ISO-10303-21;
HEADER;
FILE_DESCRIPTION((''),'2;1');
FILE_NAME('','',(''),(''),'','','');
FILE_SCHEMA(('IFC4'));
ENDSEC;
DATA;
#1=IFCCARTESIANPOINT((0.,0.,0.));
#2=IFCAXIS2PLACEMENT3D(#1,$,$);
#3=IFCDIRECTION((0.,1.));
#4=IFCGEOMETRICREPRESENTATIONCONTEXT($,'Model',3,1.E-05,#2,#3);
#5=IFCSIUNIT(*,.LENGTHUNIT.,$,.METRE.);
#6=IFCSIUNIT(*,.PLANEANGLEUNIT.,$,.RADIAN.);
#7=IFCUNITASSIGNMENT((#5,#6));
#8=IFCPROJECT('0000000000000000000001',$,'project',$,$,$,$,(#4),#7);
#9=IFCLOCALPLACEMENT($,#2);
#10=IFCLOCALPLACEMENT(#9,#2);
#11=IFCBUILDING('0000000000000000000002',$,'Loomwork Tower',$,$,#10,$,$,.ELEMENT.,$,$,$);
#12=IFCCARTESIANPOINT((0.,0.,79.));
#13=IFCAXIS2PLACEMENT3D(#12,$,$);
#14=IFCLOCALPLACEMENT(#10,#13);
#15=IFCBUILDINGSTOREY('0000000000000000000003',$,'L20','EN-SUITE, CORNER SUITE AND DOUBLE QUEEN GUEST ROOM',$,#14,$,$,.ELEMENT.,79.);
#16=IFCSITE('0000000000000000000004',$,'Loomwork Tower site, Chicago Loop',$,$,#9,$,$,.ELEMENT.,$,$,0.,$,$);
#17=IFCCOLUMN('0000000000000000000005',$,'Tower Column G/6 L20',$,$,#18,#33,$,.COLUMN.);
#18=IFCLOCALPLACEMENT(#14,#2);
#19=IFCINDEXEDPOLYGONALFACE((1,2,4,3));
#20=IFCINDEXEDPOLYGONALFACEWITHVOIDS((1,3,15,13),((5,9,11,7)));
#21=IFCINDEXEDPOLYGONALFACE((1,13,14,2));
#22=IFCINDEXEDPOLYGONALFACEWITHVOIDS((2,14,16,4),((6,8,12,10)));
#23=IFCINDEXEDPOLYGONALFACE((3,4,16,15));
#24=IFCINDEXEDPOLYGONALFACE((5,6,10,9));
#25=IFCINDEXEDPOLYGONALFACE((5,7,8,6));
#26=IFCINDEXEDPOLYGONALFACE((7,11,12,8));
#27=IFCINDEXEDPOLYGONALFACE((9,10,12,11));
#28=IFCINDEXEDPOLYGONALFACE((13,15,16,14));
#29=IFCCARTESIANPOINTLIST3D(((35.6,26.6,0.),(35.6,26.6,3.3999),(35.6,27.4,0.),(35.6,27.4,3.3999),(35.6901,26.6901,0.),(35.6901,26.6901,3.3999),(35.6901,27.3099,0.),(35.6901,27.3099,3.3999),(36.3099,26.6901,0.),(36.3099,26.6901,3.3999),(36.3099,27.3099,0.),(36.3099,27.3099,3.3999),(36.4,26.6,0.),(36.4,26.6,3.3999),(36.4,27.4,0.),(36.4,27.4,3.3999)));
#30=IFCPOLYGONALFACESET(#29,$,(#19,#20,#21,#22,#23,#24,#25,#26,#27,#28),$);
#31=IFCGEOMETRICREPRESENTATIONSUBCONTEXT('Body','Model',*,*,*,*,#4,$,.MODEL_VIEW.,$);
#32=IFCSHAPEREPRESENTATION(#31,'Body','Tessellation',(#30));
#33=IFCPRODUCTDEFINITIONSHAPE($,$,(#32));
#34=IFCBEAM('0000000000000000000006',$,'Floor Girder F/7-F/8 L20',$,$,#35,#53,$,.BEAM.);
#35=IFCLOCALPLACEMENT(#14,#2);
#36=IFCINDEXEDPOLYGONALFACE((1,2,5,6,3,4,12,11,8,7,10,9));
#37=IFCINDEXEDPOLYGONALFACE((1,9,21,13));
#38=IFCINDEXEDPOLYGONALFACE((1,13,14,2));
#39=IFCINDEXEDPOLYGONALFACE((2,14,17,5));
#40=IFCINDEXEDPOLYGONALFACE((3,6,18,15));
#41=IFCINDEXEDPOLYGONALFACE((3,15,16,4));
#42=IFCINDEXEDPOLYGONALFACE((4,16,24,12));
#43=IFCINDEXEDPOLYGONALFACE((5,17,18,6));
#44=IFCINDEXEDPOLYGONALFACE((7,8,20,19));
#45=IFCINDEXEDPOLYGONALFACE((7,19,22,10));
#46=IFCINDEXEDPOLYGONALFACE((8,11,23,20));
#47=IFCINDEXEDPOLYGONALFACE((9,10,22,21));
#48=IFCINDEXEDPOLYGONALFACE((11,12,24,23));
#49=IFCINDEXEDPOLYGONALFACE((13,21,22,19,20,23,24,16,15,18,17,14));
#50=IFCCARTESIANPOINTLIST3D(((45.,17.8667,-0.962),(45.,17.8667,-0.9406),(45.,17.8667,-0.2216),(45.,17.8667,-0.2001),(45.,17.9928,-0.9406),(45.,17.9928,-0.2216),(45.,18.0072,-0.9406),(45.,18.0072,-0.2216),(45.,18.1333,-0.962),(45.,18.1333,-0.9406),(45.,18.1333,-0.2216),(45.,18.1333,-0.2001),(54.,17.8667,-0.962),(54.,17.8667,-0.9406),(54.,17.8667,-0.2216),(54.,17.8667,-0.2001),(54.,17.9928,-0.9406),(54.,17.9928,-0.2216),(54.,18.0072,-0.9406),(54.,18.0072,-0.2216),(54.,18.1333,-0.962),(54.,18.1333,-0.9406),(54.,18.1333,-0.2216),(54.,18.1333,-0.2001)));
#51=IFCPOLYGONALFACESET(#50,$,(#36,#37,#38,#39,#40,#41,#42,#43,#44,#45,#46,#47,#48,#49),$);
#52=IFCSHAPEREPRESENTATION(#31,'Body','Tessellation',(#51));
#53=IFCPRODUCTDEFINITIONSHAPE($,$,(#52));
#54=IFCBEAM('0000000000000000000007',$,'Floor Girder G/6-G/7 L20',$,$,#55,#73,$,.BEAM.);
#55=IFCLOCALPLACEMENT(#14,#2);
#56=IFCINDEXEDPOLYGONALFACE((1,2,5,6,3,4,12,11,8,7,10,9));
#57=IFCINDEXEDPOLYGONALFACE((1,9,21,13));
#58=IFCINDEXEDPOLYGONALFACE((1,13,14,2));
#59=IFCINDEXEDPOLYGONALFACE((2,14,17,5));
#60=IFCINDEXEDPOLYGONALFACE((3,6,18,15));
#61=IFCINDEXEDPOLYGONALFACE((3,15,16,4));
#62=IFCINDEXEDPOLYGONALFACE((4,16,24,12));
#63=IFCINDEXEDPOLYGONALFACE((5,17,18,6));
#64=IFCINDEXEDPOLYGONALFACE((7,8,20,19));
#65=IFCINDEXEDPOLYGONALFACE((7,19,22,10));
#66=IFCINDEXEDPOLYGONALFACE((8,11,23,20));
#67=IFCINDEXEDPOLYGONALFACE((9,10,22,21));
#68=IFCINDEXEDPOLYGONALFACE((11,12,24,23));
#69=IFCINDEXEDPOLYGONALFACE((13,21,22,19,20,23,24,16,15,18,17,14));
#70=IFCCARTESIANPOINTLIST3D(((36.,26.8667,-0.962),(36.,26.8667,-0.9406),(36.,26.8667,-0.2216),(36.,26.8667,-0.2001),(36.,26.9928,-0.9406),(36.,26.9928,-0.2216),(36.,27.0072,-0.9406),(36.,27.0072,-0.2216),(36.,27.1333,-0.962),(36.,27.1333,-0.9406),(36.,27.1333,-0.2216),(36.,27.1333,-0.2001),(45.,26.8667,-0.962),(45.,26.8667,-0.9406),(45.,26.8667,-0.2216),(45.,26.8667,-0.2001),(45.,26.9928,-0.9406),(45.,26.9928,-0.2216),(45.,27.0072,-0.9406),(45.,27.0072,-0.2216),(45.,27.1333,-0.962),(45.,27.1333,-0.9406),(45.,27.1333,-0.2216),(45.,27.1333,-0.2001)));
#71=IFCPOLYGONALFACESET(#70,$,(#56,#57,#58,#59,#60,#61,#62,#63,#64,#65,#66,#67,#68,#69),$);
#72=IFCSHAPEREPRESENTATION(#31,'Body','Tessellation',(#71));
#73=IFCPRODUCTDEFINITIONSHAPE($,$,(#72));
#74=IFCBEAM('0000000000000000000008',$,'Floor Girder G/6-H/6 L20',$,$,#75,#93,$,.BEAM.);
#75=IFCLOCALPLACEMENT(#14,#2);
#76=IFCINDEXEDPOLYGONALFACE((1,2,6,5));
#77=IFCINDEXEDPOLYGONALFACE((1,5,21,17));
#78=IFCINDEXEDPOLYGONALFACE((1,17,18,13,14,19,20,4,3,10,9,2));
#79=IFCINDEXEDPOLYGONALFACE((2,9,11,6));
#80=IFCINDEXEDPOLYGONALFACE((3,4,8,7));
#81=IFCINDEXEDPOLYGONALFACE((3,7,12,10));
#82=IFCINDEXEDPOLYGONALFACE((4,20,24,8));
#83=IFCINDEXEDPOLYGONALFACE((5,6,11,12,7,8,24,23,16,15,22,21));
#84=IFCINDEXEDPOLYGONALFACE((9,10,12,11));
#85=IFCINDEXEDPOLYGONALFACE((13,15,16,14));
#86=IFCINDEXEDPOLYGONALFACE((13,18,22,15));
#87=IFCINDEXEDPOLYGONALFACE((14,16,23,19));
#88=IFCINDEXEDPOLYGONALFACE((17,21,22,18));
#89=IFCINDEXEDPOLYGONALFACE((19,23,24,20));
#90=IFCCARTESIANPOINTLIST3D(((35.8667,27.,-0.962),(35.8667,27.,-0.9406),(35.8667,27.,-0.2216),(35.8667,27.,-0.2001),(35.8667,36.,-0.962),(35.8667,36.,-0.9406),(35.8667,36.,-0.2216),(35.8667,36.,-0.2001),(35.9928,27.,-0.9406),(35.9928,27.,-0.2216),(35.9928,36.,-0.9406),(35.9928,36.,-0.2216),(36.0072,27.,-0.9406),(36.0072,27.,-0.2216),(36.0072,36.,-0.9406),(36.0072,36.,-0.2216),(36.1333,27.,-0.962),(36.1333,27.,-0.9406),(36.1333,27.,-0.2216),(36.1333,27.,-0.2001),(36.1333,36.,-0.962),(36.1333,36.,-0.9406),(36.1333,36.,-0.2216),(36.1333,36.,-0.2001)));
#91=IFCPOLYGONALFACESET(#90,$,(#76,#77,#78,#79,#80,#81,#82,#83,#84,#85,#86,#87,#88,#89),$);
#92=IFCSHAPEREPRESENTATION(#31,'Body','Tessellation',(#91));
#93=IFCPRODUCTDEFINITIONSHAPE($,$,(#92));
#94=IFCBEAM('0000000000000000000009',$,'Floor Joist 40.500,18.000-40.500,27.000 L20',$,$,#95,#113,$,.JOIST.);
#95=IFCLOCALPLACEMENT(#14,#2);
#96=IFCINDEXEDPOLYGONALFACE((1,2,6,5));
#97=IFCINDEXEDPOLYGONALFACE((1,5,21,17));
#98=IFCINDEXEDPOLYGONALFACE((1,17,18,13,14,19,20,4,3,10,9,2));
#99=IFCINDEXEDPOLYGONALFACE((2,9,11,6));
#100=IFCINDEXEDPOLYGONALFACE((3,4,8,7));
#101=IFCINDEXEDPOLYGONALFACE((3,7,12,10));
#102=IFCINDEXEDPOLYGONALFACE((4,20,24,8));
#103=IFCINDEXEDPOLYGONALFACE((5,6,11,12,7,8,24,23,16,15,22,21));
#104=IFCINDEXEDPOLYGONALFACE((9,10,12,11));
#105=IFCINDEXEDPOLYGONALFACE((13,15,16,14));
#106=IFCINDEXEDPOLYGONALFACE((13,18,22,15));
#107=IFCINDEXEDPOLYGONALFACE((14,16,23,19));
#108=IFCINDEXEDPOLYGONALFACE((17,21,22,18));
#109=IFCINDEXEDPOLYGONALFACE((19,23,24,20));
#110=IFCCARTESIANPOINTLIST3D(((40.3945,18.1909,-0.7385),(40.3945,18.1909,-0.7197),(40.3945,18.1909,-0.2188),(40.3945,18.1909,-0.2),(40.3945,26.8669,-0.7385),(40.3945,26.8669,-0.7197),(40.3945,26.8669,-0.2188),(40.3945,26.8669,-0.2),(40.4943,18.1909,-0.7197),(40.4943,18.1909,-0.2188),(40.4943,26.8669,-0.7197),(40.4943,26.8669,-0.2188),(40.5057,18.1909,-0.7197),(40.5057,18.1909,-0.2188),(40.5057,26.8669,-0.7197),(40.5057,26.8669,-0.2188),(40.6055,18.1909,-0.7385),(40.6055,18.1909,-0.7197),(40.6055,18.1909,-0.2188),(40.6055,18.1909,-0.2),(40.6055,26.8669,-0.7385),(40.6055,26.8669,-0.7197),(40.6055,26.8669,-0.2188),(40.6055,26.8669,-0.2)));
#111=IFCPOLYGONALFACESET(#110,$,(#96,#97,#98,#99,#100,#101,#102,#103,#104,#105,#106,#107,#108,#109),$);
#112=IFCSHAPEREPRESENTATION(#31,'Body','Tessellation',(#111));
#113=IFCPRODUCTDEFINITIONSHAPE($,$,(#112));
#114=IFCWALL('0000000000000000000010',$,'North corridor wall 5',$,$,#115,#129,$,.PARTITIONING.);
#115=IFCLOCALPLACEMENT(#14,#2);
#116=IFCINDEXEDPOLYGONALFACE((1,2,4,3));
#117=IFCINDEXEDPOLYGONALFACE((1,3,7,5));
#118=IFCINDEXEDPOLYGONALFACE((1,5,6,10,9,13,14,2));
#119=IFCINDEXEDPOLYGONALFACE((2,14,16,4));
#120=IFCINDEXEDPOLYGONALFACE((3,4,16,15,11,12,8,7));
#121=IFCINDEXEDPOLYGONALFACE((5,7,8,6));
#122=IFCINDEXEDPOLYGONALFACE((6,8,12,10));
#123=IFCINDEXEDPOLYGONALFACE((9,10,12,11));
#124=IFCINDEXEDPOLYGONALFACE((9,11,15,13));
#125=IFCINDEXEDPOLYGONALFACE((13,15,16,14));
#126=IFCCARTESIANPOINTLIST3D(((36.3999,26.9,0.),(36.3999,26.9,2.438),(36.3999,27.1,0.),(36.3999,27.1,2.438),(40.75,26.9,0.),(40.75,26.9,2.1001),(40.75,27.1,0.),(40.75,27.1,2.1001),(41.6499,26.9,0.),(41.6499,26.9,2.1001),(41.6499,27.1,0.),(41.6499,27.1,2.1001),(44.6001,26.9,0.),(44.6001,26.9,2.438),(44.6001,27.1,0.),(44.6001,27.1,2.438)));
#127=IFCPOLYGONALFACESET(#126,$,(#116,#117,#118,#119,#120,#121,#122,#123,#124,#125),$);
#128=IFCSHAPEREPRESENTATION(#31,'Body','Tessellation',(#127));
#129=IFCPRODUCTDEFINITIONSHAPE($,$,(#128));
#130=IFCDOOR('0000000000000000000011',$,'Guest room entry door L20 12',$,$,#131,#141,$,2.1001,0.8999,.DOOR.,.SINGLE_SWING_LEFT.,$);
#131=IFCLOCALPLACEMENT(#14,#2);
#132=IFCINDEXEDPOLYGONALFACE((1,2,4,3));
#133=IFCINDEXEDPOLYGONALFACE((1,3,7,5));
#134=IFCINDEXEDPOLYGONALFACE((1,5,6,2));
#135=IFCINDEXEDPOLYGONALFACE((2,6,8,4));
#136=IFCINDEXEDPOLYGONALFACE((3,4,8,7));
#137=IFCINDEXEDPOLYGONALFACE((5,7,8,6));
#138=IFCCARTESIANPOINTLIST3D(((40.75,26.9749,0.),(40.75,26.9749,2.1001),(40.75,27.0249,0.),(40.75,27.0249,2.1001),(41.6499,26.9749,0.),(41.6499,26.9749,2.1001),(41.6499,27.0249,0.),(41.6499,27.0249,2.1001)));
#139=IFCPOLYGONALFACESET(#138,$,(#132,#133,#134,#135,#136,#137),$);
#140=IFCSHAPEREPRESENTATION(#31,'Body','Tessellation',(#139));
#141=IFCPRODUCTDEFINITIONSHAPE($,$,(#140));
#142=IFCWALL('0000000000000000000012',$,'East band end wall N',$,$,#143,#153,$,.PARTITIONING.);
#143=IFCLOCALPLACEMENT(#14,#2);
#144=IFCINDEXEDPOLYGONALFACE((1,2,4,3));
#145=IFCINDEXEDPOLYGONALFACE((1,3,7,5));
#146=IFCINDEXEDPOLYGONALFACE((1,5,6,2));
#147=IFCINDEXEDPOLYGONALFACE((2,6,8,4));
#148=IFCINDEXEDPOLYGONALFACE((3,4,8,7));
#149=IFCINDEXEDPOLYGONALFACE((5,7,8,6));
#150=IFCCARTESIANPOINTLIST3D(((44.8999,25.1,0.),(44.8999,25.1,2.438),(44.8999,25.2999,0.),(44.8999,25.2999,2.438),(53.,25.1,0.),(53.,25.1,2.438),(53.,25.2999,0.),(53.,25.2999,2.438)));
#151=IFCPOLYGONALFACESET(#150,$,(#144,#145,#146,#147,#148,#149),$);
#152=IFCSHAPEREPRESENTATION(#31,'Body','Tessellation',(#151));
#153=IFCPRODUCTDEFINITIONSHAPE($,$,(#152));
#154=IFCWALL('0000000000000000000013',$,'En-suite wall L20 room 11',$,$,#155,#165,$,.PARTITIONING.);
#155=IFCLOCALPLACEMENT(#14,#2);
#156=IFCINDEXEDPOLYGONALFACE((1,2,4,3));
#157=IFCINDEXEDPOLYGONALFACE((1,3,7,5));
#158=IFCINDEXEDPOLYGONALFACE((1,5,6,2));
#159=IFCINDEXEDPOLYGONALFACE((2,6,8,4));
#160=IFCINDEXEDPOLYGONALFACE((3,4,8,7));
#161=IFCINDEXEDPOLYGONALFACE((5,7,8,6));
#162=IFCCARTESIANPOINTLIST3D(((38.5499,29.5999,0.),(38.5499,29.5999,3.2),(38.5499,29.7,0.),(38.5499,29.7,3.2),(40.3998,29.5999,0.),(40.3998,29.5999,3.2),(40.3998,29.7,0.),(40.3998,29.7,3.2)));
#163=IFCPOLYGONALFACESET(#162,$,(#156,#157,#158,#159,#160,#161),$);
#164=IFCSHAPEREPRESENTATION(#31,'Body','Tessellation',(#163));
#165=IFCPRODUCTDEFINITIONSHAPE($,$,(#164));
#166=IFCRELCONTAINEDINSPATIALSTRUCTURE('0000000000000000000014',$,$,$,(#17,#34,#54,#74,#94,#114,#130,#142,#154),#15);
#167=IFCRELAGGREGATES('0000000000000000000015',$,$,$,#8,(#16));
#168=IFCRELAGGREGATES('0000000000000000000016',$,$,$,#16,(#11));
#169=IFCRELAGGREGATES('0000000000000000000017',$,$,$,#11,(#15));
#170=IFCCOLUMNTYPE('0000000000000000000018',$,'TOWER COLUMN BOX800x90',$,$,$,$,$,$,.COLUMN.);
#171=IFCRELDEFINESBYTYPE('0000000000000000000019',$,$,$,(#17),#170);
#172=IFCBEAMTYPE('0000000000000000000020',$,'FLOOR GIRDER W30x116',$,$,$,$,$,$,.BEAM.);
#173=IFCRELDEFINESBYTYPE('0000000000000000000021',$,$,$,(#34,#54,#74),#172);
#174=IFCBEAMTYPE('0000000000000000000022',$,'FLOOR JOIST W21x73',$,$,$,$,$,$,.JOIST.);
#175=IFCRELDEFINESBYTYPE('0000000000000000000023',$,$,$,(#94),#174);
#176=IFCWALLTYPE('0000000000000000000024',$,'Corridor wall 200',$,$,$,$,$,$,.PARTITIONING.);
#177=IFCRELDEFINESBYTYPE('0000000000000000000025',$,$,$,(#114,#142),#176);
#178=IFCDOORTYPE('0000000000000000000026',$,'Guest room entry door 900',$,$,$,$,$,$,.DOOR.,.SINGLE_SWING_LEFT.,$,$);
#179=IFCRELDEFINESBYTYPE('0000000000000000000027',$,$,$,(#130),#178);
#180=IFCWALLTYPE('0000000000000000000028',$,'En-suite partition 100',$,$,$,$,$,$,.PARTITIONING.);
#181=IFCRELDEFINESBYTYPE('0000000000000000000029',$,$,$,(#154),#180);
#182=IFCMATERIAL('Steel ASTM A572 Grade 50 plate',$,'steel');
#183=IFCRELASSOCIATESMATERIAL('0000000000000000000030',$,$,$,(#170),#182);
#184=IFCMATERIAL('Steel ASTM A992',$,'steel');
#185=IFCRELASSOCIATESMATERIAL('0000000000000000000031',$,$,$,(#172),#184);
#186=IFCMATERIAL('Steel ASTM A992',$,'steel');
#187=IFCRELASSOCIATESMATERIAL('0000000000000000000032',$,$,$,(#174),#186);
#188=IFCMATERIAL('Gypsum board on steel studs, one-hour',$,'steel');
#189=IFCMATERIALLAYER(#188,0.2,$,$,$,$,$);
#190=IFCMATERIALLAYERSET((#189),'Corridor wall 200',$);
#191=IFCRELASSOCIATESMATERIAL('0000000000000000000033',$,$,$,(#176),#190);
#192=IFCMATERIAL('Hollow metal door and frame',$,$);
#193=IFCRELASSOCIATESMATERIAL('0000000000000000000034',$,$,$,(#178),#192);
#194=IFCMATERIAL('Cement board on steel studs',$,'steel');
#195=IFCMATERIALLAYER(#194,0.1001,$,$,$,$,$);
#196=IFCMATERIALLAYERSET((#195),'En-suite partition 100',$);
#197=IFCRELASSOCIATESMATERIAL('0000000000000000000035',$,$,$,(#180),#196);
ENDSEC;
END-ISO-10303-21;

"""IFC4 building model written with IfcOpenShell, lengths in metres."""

from ifc_helpers import new_model, si_unit, direction, frame, frame_2d, origin, origin_2d, place, context, subcontext, project, spatial, rectangle, hollow_rectangle, i_section, extrude, material, layer, layer_set, material_profile, profile_set, type_object, element, fill, save


model = new_model("IFC4")

# Units and contexts
model_context = context("Model", 3, precision=1e-05, world=origin(), true_north=direction((0.0, 1.0)))
body_context = subcontext(model_context, "Body", "Model", "MODEL_VIEW")
ifc_project = project(units=[si_unit("LENGTHUNIT", "METRE"), si_unit("PLANEANGLEUNIT", "RADIAN")], contexts=[model_context])

# Site, building, storey
site_placement = place(None, origin())
site = spatial("IfcSite", under=ifc_project, at=site_placement, Name="Loomwork Tower site, Chicago Loop", CompositionType="ELEMENT", RefElevation=0.0)
building_placement = place(site_placement, origin())
building = spatial("IfcBuilding", under=site, at=building_placement, Name="Loomwork Tower", CompositionType="ELEMENT")
storey_placement = place(building_placement, frame((0.0, 0.0, 79.0)))
storey = spatial("IfcBuildingStorey", under=building, at=storey_placement, Name="L20", Description="EN-SUITE, CORNER SUITE AND DOUBLE QUEEN GUEST ROOM", CompositionType="ELEMENT", Elevation=79.0)

# Column
ifc_material_1 = material(Name="Steel ASTM A572 Grade 50 plate", Category="steel")
ifc_material_profile_1 = material_profile(ifc_material_1, hollow_rectangle(XDim=0.8, YDim=0.8, WallThickness=0.0901, at=origin_2d()), Name="BOX800x90")
ifc_profile_set_1 = profile_set([ifc_material_profile_1], Name="Steel ASTM A572 Grade 50 plate")
column_type = type_object("IfcColumnType", Name="TOWER COLUMN BOX800x90", PredefinedType="COLUMN", material=ifc_profile_set_1)
column_placement = place(storey_placement, frame((36.0, 27.0, 0.0), z_axis=(0.0, 0.0, 1.0), x_axis=(1.0, 0.0, 0.0)))
element("IfcColumn", 1, at=column_placement, inside=storey, type_object=column_type, Name="Tower Column G/6 L20", PredefinedType="COLUMN", context=body_context, shape_type="SweptSolid", body=[
    extrude(hollow_rectangle(XDim=0.8, YDim=0.8, WallThickness=0.0901, at=origin_2d()), origin(), (0.0, 0.0, 1.0), 3.3999),
])

# Beams
ifc_material_2 = material(Name="Steel ASTM A992", Category="steel")
ifc_material_profile_2 = material_profile(ifc_material_2, i_section(OverallWidth=0.2666, OverallDepth=0.762, WebThickness=0.0144, FlangeThickness=0.0215, at=origin_2d()), Name="W30x116")
ifc_profile_set_2 = profile_set([ifc_material_profile_2], Name="Steel ASTM A992")
beam_type_1 = type_object("IfcBeamType", Name="FLOOR GIRDER W30x116", PredefinedType="BEAM", material=ifc_profile_set_2)
for number, where, z_axis, x_axis, name in (
    (2, (45.0, 18.0, -0.5811), (1.0, 0.0, 0.0), (0.0, 1.0, 0.0), "Floor Girder F/7-F/8 L20"),
    (3, (36.0, 27.0, -0.5811), (1.0, 0.0, 0.0), (0.0, 1.0, 0.0), "Floor Girder G/6-G/7 L20"),
    (4, (36.0, 27.0, -0.5811), (0.0, 1.0, 0.0), (-1.0, 0.0, 0.0), "Floor Girder G/6-H/6 L20"),
):
    element("IfcBeam", number, at=place(storey_placement, frame(where, z_axis=z_axis, x_axis=x_axis)), inside=storey, type_object=beam_type_1, Name=name, PredefinedType="BEAM", context=body_context, shape_type="SweptSolid", body=[
        extrude(i_section(OverallWidth=0.2666, OverallDepth=0.762, WebThickness=0.0144, FlangeThickness=0.0215, at=origin_2d()), origin(), (0.0, 0.0, 1.0), 9.0),
    ])
ifc_material_3 = material(Name="Steel ASTM A992", Category="steel")
ifc_material_profile_3 = material_profile(ifc_material_3, i_section(OverallWidth=0.2109, OverallDepth=0.5386, WebThickness=0.0115, FlangeThickness=0.0188, at=origin_2d()), Name="W21x73")
ifc_profile_set_3 = profile_set([ifc_material_profile_3], Name="Steel ASTM A992")
beam_type_2 = type_object("IfcBeamType", Name="FLOOR JOIST W21x73", PredefinedType="JOIST", material=ifc_profile_set_3)
beam_placement = place(storey_placement, frame((40.5, 18.1909, -0.4692), z_axis=(0.0, 1.0, 0.0), x_axis=(-1.0, 0.0, 0.0)))
element("IfcBeam", 5, at=beam_placement, inside=storey, type_object=beam_type_2, Name="Floor Joist 40.500,18.000-40.500,27.000 L20", PredefinedType="JOIST", context=body_context, shape_type="SweptSolid", body=[
    extrude(i_section(OverallWidth=0.2109, OverallDepth=0.5386, WebThickness=0.0115, FlangeThickness=0.0188, at=origin_2d()), origin(), (0.0, 0.0, 1.0), 8.676),
])

# Wall, opening, door
ifc_material_4 = material(Name="Gypsum board on steel studs, one-hour", Category="steel")
ifc_layer_1 = layer(ifc_material_4, 0.2)
ifc_layer_set_1 = layer_set([ifc_layer_1], Name="Corridor wall 200")
wall_type_1 = type_object("IfcWallType", Name="Corridor wall 200", PredefinedType="PARTITIONING", material=ifc_layer_set_1)
wall_1_placement = place(storey_placement, frame((36.3999, 27.0, 0.0), z_axis=(0.0, 0.0, 1.0), x_axis=(1.0, 0.0, 0.0)))
wall_1 = element("IfcWall", 6, at=wall_1_placement, inside=storey, type_object=wall_type_1, Name="North corridor wall 5", PredefinedType="PARTITIONING", context=body_context, shape_type="SweptSolid", body=[
    extrude(rectangle(XDim=8.2002, YDim=0.2, at=frame_2d((4.1001, 0.0))), origin(), (0.0, 0.0, 1.0), 2.438),
])
opening_1_placement = place(wall_1_placement, frame((4.3501, 0.0, 0.0)))
opening_1 = element("IfcOpeningElement", 7, at=opening_1_placement, cuts=wall_1, PredefinedType="OPENING", context=body_context, shape_type="SweptSolid", body=[
    extrude(rectangle(XDim=0.8999, YDim=2.1001, at=frame_2d((0.45, 1.05))), frame((0.0, 0.1099, 0.0), z_axis=(0.0, -1.0, 0.0), x_axis=(1.0, 0.0, 0.0)), (0.0, 0.0, 1.0), 0.22),
])
ifc_material_5 = material(Name="Hollow metal door and frame")
door_type_1 = type_object("IfcDoorType", Name="Guest room entry door 900", OperationType="SINGLE_SWING_LEFT", PredefinedType="DOOR", material=ifc_material_5)
door_1_placement = place(opening_1_placement, origin())
door_1 = element("IfcDoor", 8, at=door_1_placement, inside=storey, type_object=door_type_1, Name="Guest room entry door L20 12", OperationType="SINGLE_SWING_LEFT", OverallHeight=2.1001, OverallWidth=0.8999, PredefinedType="DOOR", context=body_context, shape_type="SweptSolid", body=[
    extrude(rectangle(XDim=0.8999, YDim=2.1001, at=frame_2d((0.45, 1.05))), frame((0.0, 0.0249, 0.0), z_axis=(0.0, -1.0, 0.0), x_axis=(1.0, 0.0, 0.0)), (0.0, 0.0, 1.0), 0.05),
])
fill(opening_1, door_1)

# Walls
wall_2_placement = place(storey_placement, frame((44.8999, 25.2, 0.0), z_axis=(0.0, 0.0, 1.0), x_axis=(1.0, 0.0, 0.0)))
element("IfcWall", 9, at=wall_2_placement, inside=storey, type_object=wall_type_1, Name="East band end wall N", PredefinedType="PARTITIONING", context=body_context, shape_type="SweptSolid", body=[
    extrude(rectangle(XDim=8.1001, YDim=0.2, at=frame_2d((4.05, 0.0))), origin(), (0.0, 0.0, 1.0), 2.438),
])
ifc_material_6 = material(Name="Cement board on steel studs", Category="steel")
ifc_layer_2 = layer(ifc_material_6, 0.1001)
ifc_layer_set_2 = layer_set([ifc_layer_2], Name="En-suite partition 100")
wall_type_2 = type_object("IfcWallType", Name="En-suite partition 100", PredefinedType="PARTITIONING", material=ifc_layer_set_2)
wall_3_placement = place(storey_placement, frame((38.55, 29.6499, 0.0), z_axis=(0.0, 0.0, 1.0), x_axis=(1.0, 0.0, 0.0)))
element("IfcWall", 10, at=wall_3_placement, inside=storey, type_object=wall_type_2, Name="En-suite wall L20 room 11", PredefinedType="PARTITIONING", context=body_context, shape_type="SweptSolid", body=[
    extrude(rectangle(XDim=1.8499, YDim=0.1001, at=frame_2d((0.9248, 0.0))), origin(), (0.0, 0.0, 1.0), 3.2),
])

save(model, "model.ifc")
